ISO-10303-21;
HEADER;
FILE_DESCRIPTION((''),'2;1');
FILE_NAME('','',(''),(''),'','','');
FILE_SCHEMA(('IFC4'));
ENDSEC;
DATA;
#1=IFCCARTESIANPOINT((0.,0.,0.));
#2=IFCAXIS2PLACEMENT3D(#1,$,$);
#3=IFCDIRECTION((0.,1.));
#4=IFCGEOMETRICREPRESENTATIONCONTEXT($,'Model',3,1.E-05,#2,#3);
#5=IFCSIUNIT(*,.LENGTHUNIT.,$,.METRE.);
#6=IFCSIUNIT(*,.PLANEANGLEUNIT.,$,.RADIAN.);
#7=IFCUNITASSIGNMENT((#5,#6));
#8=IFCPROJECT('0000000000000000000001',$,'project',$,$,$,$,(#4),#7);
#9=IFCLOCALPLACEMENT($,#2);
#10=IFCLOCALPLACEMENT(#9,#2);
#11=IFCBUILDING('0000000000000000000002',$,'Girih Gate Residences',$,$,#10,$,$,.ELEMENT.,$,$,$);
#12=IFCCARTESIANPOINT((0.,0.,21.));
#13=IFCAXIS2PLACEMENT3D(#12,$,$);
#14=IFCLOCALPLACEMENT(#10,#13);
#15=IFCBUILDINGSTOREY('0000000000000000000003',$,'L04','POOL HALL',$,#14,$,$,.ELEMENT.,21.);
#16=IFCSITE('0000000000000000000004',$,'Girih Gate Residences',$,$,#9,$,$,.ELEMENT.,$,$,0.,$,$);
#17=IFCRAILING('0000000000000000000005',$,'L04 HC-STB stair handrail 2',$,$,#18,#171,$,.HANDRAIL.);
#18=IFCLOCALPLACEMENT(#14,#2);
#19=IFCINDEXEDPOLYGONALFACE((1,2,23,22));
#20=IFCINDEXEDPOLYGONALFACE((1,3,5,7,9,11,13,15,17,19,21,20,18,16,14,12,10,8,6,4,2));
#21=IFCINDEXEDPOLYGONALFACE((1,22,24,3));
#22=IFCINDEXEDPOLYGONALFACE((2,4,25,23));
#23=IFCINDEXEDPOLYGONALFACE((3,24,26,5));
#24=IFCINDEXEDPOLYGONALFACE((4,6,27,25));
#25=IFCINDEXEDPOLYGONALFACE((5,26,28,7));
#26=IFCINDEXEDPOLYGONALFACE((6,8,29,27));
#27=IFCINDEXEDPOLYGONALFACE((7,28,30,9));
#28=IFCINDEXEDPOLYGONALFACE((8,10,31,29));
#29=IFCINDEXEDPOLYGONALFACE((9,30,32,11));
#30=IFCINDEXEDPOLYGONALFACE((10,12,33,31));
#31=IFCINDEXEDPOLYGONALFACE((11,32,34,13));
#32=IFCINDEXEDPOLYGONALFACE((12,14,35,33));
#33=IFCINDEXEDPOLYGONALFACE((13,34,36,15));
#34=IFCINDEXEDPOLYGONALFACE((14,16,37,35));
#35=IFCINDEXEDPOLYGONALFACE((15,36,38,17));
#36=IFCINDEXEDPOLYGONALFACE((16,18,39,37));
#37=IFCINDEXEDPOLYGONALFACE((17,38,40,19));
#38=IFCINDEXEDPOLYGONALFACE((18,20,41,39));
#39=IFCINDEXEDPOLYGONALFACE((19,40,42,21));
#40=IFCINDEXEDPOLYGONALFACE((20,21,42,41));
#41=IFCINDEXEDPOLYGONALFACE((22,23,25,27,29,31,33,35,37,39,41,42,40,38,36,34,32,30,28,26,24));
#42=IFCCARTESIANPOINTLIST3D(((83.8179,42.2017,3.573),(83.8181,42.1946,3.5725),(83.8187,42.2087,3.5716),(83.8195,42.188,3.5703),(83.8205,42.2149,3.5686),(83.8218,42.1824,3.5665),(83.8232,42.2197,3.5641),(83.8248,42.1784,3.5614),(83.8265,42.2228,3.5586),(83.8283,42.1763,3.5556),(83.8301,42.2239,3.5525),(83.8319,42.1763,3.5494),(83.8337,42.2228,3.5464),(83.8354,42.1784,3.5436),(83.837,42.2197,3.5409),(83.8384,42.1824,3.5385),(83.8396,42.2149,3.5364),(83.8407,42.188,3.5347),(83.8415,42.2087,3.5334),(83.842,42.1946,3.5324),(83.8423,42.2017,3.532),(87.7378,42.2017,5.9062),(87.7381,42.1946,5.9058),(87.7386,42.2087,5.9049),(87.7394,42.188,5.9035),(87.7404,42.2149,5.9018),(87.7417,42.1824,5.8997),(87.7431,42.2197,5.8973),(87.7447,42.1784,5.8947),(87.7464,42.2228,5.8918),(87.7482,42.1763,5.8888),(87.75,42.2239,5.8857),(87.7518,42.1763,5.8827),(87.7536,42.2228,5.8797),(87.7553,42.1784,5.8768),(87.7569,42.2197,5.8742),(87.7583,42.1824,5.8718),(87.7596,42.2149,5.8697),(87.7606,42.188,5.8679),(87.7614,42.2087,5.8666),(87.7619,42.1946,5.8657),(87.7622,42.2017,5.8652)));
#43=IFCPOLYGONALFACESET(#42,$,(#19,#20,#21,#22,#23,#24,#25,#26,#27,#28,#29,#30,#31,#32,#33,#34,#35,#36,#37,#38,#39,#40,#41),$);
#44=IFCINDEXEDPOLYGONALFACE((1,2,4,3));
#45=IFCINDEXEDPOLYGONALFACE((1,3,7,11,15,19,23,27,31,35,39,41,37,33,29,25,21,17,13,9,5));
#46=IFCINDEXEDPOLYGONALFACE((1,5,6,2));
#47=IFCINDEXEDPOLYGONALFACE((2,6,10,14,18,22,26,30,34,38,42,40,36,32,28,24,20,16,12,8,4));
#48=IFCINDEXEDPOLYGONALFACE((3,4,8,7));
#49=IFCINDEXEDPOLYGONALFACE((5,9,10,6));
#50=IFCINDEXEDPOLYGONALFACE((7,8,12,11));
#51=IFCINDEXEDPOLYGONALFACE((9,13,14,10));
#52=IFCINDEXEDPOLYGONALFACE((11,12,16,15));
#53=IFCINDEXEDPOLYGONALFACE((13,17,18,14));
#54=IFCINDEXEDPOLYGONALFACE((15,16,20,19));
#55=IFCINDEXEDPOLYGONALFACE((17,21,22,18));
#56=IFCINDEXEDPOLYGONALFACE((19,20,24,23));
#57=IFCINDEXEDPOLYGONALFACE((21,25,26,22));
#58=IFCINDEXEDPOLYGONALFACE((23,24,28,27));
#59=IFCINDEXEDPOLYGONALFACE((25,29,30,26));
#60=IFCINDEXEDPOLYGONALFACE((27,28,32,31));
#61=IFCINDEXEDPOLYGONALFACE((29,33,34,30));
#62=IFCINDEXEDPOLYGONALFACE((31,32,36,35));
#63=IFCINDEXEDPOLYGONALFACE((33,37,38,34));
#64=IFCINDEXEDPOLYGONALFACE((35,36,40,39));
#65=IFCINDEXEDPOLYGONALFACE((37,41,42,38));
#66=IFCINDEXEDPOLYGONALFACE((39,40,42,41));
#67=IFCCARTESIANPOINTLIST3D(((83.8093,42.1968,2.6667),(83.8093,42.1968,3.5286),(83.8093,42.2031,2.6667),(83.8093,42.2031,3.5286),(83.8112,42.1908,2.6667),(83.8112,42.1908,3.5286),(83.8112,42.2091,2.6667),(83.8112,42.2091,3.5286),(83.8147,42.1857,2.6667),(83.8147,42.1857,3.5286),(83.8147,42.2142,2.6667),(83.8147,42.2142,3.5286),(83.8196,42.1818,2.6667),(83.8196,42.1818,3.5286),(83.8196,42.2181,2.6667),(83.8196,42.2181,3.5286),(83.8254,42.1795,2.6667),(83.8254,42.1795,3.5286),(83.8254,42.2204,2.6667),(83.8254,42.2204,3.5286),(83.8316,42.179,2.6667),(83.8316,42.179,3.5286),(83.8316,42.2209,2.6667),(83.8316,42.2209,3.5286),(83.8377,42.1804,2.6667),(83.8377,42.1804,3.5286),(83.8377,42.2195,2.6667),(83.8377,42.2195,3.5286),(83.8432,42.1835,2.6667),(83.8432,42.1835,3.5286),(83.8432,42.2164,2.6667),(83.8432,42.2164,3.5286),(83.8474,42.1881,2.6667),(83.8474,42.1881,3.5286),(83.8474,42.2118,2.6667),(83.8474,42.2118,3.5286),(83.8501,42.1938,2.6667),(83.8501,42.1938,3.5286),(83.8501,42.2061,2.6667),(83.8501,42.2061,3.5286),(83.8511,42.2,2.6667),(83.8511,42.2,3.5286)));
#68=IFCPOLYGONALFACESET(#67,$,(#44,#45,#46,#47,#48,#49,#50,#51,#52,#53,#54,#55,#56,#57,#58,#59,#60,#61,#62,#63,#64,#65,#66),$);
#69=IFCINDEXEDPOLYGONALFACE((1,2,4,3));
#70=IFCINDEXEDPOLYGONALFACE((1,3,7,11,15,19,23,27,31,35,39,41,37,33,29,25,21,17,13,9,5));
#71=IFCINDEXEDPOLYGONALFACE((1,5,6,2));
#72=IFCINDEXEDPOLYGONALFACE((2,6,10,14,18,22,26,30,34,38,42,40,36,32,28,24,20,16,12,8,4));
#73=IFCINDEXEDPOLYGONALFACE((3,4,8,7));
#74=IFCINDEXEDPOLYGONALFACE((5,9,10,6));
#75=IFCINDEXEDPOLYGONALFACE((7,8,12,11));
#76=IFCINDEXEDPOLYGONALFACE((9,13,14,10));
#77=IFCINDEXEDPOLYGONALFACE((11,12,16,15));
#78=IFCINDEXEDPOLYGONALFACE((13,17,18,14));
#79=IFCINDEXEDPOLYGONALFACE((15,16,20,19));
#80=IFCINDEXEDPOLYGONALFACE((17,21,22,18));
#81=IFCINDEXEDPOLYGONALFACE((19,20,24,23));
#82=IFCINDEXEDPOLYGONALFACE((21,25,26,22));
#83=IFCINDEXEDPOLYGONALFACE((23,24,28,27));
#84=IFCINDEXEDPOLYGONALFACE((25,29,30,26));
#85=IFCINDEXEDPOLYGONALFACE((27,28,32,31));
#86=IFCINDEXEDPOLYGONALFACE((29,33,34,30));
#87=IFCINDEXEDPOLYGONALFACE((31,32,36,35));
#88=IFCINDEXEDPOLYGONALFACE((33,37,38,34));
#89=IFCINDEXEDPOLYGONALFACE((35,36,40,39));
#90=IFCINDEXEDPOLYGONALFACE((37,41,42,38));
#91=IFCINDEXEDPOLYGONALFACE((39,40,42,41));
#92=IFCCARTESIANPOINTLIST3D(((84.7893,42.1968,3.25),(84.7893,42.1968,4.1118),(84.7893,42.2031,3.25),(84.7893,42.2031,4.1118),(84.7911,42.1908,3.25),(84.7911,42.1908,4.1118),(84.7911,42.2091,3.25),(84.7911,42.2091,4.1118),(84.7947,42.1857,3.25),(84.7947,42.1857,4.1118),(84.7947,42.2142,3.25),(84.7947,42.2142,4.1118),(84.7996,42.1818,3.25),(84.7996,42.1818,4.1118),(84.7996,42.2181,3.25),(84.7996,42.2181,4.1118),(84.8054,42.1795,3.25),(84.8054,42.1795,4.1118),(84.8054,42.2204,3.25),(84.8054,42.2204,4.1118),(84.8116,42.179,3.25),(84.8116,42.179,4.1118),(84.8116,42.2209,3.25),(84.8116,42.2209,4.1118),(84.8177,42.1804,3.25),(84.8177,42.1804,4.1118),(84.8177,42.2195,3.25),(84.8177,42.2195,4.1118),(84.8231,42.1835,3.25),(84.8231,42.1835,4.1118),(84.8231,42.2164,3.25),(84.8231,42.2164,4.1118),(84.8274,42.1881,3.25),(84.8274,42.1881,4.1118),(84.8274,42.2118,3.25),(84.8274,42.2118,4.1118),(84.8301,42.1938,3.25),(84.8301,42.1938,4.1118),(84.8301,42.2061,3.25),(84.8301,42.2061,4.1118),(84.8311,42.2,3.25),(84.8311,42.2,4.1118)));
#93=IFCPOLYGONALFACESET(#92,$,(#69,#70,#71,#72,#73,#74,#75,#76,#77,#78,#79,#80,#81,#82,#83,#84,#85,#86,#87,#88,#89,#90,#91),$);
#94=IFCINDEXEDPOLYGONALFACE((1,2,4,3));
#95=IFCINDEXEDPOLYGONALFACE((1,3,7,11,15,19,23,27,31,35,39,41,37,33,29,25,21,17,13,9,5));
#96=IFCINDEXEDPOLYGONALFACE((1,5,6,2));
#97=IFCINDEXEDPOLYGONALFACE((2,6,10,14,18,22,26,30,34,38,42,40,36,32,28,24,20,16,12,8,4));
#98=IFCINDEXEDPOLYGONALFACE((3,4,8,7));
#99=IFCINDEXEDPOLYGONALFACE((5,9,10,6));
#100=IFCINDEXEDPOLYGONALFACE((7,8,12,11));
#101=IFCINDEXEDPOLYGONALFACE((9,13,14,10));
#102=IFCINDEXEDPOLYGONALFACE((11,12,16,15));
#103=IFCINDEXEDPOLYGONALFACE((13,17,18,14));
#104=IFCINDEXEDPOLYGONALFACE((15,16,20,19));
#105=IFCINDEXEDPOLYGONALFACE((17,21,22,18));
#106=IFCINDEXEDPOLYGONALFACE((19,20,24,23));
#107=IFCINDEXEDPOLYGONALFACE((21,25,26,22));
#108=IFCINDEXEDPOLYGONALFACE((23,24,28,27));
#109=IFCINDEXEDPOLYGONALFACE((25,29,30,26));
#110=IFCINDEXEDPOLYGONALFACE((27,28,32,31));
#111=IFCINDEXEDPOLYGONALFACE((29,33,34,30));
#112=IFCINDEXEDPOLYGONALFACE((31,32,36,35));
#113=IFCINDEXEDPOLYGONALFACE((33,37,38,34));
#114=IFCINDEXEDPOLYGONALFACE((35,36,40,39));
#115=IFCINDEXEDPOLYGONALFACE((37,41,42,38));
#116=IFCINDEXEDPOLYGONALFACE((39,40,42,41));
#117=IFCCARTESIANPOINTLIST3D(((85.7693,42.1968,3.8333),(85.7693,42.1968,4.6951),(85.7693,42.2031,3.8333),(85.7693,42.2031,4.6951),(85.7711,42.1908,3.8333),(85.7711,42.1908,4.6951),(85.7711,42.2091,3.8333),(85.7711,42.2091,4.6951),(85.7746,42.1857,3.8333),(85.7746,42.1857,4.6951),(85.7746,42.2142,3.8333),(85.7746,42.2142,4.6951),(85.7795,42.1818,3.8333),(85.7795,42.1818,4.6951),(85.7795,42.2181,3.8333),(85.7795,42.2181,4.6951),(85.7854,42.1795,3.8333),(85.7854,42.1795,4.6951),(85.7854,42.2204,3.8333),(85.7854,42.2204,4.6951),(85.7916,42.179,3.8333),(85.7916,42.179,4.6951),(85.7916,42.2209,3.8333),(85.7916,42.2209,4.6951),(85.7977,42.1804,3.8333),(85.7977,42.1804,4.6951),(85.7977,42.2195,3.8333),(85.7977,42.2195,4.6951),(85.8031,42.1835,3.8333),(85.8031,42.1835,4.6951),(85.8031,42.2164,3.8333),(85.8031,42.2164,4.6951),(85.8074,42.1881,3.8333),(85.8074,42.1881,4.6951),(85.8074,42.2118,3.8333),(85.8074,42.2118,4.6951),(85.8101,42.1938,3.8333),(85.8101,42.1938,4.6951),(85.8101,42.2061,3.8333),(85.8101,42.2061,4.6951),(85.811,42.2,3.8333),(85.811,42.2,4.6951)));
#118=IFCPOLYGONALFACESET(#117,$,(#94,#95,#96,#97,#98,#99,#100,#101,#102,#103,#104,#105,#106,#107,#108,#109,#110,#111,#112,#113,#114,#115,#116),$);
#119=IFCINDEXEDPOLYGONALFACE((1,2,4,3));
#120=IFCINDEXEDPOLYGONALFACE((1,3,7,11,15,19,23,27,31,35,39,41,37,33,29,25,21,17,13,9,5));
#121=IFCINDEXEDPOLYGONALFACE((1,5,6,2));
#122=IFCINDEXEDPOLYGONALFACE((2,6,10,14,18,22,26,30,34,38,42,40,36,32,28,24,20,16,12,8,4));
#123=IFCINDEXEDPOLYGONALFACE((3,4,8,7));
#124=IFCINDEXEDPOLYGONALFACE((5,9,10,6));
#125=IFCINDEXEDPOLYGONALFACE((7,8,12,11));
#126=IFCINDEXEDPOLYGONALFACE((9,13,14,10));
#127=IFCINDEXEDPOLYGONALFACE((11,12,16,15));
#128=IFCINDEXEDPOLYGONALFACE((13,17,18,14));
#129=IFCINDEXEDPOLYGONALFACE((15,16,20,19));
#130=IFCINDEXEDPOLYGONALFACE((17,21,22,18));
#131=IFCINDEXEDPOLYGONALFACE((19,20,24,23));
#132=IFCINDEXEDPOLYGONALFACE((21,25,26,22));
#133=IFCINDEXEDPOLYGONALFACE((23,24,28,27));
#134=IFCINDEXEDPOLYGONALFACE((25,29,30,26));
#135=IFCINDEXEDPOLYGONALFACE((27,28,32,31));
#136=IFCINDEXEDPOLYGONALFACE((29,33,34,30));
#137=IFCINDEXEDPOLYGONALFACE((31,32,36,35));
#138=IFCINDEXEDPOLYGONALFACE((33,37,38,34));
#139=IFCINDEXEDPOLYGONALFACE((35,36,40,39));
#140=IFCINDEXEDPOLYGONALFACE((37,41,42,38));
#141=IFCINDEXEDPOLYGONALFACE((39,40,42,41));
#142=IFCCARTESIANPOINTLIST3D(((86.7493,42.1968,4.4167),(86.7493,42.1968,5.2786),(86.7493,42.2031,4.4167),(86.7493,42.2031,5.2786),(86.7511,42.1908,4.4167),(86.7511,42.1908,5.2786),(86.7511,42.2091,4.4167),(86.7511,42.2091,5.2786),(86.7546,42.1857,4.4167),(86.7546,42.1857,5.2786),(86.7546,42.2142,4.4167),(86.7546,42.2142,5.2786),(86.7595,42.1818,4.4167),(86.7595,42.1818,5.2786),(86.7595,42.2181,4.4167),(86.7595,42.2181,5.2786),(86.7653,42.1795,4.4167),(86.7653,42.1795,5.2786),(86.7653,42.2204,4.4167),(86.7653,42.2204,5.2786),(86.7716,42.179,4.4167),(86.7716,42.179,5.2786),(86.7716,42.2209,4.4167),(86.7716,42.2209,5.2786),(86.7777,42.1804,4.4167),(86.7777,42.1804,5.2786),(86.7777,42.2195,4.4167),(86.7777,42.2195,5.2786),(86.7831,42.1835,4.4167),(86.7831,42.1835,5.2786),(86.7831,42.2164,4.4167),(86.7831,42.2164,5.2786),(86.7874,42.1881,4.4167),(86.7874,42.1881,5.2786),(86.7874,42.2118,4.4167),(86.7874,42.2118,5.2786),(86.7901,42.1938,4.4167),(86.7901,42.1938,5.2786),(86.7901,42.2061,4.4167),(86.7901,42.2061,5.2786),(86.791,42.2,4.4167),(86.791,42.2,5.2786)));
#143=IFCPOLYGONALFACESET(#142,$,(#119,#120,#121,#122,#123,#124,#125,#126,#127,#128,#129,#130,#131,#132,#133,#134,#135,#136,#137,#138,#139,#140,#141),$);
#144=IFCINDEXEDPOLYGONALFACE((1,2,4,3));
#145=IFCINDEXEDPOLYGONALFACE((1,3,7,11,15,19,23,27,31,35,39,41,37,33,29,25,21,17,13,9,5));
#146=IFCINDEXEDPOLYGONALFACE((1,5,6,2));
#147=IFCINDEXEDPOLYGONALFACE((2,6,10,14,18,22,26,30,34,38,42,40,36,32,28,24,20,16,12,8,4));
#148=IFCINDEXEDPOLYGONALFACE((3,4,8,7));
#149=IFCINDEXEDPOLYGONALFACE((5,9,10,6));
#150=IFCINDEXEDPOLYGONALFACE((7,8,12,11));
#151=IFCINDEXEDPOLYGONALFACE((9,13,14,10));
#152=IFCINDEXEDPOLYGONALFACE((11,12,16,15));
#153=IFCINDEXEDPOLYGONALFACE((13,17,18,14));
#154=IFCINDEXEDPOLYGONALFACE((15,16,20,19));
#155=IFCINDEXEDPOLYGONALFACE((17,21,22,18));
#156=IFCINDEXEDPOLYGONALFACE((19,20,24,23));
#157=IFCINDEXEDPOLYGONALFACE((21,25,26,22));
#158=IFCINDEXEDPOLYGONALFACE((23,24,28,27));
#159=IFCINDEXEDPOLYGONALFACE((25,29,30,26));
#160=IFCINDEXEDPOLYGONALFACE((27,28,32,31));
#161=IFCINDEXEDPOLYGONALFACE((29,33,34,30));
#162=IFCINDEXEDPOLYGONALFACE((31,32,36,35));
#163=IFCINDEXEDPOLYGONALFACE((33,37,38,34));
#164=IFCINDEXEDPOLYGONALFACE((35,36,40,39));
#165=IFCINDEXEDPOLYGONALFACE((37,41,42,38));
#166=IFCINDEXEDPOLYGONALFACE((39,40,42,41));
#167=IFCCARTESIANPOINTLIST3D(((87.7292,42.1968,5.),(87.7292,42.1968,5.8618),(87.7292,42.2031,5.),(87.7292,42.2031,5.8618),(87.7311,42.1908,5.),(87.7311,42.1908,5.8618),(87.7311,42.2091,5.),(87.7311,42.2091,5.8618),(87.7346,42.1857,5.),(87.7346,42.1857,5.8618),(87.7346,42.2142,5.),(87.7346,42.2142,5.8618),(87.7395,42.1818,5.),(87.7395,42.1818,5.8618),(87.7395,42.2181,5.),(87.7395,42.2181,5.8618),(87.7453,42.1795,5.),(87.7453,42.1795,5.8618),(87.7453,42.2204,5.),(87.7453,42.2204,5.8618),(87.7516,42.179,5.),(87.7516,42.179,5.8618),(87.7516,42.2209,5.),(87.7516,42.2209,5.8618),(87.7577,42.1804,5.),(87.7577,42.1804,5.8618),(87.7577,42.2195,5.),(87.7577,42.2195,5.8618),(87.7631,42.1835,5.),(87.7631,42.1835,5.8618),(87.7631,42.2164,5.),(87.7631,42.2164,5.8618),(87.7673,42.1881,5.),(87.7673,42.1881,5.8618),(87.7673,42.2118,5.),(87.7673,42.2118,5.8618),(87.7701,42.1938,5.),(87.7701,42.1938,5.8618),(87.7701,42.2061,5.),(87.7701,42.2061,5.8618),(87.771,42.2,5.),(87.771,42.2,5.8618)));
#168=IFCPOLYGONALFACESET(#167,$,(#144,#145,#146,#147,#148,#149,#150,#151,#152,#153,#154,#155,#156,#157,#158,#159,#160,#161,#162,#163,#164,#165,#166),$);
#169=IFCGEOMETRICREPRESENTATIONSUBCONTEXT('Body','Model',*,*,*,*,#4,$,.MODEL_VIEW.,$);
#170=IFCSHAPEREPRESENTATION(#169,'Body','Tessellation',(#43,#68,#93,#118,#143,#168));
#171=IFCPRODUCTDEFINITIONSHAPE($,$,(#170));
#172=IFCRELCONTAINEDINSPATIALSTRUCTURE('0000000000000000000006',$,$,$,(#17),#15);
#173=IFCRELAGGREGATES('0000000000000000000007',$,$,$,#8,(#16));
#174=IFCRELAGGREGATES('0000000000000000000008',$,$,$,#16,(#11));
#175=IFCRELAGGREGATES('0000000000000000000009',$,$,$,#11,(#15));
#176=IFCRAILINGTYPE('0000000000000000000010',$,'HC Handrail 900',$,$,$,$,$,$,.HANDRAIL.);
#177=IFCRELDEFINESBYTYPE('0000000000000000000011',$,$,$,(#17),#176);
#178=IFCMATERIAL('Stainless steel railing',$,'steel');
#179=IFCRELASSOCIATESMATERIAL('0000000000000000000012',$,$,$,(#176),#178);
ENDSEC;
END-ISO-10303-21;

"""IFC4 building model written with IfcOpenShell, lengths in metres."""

from ifc_helpers import new_model, si_unit, direction, frame, origin, origin_2d, place, context, subcontext, project, spatial, circle, extrude, material, type_object, element, save


model = new_model("IFC4")

# Units and contexts
model_context = context("Model", 3, precision=1e-05, world=origin(), true_north=direction((0.0, 1.0)))
body_context = subcontext(model_context, "Body", "Model", "MODEL_VIEW")
ifc_project = project(units=[si_unit("LENGTHUNIT", "METRE"), si_unit("PLANEANGLEUNIT", "RADIAN")], contexts=[model_context])

# Site, building, storey
site_placement = place(None, origin())
site = spatial("IfcSite", under=ifc_project, at=site_placement, Name="Girih Gate Residences", CompositionType="ELEMENT", RefElevation=0.0)
building_placement = place(site_placement, origin())
building = spatial("IfcBuilding", under=site, at=building_placement, Name="Girih Gate Residences", CompositionType="ELEMENT")
storey_placement = place(building_placement, frame((0.0, 0.0, 21.0)))
storey = spatial("IfcBuildingStorey", under=building, at=storey_placement, Name="L04", Description="POOL HALL", CompositionType="ELEMENT", Elevation=21.0)

# Railing
ifc_material_1 = material(Name="Stainless steel railing", Category="steel")
railing_type_1 = type_object("IfcRailingType", Name="HC Handrail 900", PredefinedType="HANDRAIL", material=ifc_material_1)
railing_1_placement = place(storey_placement, frame((83.8301, 42.2, 2.6667)))
element("IfcRailing", 1, at=railing_1_placement, inside=storey, type_object=railing_type_1, Name="L04 HC-STB stair handrail 2", PredefinedType="HANDRAIL", context=body_context, shape_type="SweptSolid", body=[
    extrude(circle(Radius=0.0239, at=origin_2d()), frame((0.0, 0.0, 0.8857), z_axis=(0.859296, 0.0, 0.511478), x_axis=(0.0, 1.0, 0.0)), (0.0, 0.0, 1.0), 4.5618),
    extrude(circle(Radius=0.021, at=origin_2d()), origin(), (0.0, 0.0, 1.0), 0.8618),
    extrude(circle(Radius=0.021, at=origin_2d()), frame((0.98, 0.0, 0.5833)), (0.0, 0.0, 1.0), 0.8618),
    extrude(circle(Radius=0.021, at=origin_2d()), frame((1.96, 0.0, 1.1665)), (0.0, 0.0, 1.0), 0.8618),
    extrude(circle(Radius=0.021, at=origin_2d()), frame((2.9399, 0.0, 1.75)), (0.0, 0.0, 1.0), 0.8618),
    extrude(circle(Radius=0.021, at=origin_2d()), frame((3.9199, 0.0, 2.3333)), (0.0, 0.0, 1.0), 0.8618),
])

save(model, "model.ifc")
